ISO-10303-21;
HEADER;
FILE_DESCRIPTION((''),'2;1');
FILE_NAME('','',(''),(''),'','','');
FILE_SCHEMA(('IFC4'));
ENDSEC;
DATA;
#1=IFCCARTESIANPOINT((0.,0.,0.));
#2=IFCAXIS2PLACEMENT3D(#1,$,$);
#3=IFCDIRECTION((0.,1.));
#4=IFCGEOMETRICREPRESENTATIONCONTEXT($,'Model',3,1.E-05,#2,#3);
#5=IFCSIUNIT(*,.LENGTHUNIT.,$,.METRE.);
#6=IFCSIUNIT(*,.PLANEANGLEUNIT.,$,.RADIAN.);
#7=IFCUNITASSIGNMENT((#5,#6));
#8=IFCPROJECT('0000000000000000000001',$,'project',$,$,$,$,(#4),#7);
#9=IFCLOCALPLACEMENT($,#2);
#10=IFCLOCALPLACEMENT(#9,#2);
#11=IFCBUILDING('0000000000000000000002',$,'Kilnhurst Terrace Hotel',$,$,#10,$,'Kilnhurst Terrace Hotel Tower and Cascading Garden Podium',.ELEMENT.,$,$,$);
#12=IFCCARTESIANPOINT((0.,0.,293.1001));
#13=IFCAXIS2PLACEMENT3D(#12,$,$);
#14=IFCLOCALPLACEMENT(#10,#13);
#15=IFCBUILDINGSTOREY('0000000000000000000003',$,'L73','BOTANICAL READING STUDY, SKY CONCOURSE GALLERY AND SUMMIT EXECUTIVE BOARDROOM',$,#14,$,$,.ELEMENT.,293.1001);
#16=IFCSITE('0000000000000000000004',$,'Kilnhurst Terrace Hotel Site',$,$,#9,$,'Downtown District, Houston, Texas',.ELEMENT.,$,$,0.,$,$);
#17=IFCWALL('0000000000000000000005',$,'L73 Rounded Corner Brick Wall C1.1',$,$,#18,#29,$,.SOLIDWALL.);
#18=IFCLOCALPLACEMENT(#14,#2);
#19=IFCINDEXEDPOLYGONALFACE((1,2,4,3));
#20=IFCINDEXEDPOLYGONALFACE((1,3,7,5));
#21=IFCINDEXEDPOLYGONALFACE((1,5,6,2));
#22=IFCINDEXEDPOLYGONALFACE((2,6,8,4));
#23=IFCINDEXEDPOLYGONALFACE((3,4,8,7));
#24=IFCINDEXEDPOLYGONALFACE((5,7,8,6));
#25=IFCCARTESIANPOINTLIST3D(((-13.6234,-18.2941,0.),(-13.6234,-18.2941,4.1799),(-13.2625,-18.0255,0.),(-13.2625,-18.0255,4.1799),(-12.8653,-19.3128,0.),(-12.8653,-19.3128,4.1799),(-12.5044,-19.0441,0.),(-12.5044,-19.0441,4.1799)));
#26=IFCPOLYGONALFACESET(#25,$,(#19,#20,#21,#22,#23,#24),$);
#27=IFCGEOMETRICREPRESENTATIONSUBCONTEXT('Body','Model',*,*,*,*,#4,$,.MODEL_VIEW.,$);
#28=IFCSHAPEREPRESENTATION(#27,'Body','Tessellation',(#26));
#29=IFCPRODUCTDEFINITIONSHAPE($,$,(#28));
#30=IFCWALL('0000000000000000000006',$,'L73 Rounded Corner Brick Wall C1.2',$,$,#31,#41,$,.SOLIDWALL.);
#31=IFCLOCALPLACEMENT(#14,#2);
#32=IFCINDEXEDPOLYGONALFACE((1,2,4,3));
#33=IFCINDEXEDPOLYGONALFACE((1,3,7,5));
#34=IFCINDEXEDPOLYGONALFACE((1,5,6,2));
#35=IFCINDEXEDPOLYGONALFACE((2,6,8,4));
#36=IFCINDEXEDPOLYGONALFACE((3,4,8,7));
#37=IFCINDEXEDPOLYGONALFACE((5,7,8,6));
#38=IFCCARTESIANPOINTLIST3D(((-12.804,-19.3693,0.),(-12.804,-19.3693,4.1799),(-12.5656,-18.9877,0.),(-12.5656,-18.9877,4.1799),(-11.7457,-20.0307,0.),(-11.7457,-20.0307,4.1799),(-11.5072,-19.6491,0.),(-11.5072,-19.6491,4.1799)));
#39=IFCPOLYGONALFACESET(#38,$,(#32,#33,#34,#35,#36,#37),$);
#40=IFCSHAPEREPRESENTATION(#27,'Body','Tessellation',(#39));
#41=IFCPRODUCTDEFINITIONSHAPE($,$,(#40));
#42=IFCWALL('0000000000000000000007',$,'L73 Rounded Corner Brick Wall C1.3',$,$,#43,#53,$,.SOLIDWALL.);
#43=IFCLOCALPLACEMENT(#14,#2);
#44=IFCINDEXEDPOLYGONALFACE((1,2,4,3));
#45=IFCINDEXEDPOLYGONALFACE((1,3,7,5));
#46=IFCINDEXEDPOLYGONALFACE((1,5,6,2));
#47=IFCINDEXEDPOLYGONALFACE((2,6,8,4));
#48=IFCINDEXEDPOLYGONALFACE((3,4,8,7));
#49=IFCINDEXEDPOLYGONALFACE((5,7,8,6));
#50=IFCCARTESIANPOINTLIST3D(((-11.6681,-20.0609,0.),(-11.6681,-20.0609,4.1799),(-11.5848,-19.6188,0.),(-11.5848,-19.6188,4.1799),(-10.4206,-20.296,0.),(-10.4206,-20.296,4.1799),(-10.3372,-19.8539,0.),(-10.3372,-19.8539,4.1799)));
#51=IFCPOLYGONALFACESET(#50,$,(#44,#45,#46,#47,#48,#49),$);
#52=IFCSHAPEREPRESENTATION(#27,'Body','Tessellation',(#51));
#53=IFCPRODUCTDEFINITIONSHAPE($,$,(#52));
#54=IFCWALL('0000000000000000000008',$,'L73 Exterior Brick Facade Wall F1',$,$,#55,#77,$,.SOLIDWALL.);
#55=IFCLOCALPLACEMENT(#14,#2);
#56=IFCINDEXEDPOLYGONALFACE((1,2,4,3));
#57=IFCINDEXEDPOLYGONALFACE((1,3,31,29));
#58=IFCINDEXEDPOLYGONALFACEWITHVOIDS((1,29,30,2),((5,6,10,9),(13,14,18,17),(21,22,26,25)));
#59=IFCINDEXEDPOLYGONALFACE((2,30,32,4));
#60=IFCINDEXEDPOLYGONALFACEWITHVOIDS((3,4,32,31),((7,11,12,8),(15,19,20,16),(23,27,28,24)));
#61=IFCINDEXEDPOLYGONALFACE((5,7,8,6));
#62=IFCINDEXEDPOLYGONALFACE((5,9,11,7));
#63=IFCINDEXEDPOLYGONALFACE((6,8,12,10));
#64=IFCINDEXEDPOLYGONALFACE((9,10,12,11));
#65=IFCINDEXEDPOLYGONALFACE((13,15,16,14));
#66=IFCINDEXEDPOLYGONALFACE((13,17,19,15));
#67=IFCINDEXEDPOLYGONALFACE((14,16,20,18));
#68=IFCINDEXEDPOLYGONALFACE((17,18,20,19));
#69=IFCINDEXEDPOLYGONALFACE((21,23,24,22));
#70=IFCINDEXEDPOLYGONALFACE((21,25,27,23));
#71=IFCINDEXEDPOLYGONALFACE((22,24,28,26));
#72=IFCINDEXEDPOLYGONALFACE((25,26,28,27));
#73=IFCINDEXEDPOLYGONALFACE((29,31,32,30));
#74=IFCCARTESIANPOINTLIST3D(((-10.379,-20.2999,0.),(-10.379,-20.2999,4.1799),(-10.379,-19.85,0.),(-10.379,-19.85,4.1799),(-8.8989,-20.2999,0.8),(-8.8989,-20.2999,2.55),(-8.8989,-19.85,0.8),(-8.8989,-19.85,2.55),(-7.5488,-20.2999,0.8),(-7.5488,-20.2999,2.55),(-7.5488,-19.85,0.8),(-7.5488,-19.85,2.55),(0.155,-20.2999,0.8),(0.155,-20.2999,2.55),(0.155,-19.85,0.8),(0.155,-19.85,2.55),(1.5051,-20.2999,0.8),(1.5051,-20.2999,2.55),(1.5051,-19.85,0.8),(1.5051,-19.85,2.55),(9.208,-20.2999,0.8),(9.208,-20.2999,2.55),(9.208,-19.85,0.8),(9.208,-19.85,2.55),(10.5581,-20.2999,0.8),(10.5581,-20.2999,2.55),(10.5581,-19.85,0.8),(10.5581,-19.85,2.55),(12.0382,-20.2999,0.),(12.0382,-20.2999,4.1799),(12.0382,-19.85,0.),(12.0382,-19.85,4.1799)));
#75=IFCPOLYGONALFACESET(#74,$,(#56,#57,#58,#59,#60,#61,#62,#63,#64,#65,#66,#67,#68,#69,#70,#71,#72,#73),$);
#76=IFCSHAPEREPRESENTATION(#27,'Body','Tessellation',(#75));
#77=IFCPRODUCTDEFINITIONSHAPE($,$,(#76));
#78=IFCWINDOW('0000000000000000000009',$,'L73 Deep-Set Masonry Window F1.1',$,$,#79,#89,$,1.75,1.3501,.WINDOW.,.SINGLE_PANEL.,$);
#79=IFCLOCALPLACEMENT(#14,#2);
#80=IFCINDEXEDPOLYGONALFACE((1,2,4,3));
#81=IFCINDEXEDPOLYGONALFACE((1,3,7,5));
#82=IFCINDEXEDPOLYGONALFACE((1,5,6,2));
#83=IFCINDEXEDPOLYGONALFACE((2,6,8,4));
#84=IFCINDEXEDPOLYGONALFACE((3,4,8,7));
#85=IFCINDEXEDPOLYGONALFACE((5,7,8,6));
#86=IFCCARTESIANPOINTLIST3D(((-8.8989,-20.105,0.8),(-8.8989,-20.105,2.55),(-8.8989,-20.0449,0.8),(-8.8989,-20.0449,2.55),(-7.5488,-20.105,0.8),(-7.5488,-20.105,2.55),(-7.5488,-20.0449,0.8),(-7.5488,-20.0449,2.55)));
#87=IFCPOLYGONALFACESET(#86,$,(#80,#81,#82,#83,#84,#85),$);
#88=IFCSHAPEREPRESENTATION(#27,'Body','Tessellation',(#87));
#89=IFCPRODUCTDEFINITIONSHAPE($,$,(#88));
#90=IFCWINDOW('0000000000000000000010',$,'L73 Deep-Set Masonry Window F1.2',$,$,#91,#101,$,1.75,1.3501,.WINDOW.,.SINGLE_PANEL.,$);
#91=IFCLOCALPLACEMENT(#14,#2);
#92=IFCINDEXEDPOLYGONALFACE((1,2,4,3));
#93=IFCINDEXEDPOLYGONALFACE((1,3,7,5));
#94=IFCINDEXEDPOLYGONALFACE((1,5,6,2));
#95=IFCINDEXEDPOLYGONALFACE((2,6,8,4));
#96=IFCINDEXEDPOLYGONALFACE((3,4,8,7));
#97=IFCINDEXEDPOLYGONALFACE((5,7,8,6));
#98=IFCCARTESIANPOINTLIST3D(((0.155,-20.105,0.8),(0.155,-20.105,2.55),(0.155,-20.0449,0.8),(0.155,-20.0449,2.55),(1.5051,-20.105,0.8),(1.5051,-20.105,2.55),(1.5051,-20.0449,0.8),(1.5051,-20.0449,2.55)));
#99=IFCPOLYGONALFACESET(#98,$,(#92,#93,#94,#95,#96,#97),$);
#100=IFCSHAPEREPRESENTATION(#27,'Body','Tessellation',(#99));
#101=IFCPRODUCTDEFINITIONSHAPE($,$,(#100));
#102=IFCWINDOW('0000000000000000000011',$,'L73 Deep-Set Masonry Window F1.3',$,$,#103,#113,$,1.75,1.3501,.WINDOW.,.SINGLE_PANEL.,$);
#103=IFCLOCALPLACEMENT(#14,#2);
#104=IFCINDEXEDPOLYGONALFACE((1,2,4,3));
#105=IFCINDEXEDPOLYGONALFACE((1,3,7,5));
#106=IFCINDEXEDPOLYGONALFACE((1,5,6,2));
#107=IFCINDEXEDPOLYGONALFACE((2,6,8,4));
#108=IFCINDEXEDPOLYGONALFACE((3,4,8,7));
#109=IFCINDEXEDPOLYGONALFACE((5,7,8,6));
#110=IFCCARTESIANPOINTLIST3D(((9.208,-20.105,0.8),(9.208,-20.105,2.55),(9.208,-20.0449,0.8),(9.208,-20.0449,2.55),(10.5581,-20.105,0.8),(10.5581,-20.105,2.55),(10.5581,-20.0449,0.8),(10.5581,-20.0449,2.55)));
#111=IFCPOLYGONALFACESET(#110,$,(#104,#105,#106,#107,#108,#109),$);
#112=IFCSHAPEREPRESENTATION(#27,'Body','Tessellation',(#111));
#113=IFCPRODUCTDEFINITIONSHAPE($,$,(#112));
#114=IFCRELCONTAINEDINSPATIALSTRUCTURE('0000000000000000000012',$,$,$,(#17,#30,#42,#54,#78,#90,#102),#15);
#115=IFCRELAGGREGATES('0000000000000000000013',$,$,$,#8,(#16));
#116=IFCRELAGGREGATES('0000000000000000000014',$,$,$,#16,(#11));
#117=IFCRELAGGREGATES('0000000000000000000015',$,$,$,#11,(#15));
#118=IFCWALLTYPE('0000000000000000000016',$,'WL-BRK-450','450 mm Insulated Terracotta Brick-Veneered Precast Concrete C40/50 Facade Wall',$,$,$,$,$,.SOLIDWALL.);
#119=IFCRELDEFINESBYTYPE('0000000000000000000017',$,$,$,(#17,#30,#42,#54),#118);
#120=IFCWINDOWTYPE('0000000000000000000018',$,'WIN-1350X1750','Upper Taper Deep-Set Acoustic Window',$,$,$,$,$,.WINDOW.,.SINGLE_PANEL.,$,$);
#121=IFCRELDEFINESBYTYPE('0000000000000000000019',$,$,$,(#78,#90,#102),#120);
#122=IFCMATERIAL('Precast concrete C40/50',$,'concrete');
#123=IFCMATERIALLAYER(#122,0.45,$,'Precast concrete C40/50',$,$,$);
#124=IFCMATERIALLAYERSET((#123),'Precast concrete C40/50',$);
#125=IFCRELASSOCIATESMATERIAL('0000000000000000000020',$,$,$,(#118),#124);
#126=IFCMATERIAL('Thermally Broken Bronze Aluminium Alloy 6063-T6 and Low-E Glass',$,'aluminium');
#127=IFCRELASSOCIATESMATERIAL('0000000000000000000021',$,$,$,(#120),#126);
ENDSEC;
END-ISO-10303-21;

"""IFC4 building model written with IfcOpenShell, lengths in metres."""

from ifc_helpers import new_model, si_unit, direction, frame, frame_2d, origin, place, context, subcontext, project, spatial, rectangle, extrude, material, layer, layer_set, type_object, element, fill, save


model = new_model("IFC4")

# Units and contexts
model_context = context("Model", 3, precision=1e-05, world=origin(), true_north=direction((0.0, 1.0)))
body_context = subcontext(model_context, "Body", "Model", "MODEL_VIEW")
ifc_project = project(units=[si_unit("LENGTHUNIT", "METRE"), si_unit("PLANEANGLEUNIT", "RADIAN")], contexts=[model_context])

# Site, building, storey
site_placement = place(None, origin())
site = spatial("IfcSite", under=ifc_project, at=site_placement, Name="Kilnhurst Terrace Hotel Site", LongName="Downtown District, Houston, Texas", CompositionType="ELEMENT", RefElevation=0.0)
building_placement = place(site_placement, origin())
building = spatial("IfcBuilding", under=site, at=building_placement, Name="Kilnhurst Terrace Hotel", LongName="Kilnhurst Terrace Hotel Tower and Cascading Garden Podium", CompositionType="ELEMENT")
storey_placement = place(building_placement, frame((0.0, 0.0, 293.1001)))
storey = spatial("IfcBuildingStorey", under=building, at=storey_placement, Name="L73", Description="BOTANICAL READING STUDY, SKY CONCOURSE GALLERY AND SUMMIT EXECUTIVE BOARDROOM", CompositionType="ELEMENT", Elevation=293.1001)

# Walls
ifc_material_1 = material(Name="Precast concrete C40/50", Category="concrete")
ifc_layer_1 = layer(ifc_material_1, 0.45, Name="Precast concrete C40/50")
ifc_layer_set_1 = layer_set([ifc_layer_1], Name="Precast concrete C40/50")
wall_type_1 = type_object("IfcWallType", Name="WL-BRK-450", Description="450 mm Insulated Terracotta Brick-Veneered Precast Concrete C40/50 Facade Wall", PredefinedType="SOLIDWALL", material=ifc_layer_set_1)
wall_1_placement = place(storey_placement, frame((-13.4429, -18.1599, 0.0), z_axis=(0.0, 0.0, 1.0), x_axis=(0.597042, -0.80221, 0.0)))
element("IfcWall", 1, at=wall_1_placement, inside=storey, type_object=wall_type_1, Name="L73 Rounded Corner Brick Wall C1.1", PredefinedType="SOLIDWALL", context=body_context, shape_type="SweptSolid", body=[
    extrude(rectangle(XDim=1.2698, YDim=0.45, at=frame_2d((0.6348, 0.0))), origin(), (0.0, 0.0, 1.0), 4.1799),
])
wall_2_placement = place(storey_placement, frame((-12.6848, -19.1785, 0.0), z_axis=(0.0, 0.0, 1.0), x_axis=(0.848031, -0.529946, 0.0)))
element("IfcWall", 2, at=wall_2_placement, inside=storey, type_object=wall_type_1, Name="L73 Rounded Corner Brick Wall C1.2", PredefinedType="SOLIDWALL", context=body_context, shape_type="SweptSolid", body=[
    extrude(rectangle(XDim=1.248, YDim=0.45, at=frame_2d((0.624, 0.0))), origin(), (0.0, 0.0, 1.0), 4.1799),
])
wall_3_placement = place(storey_placement, frame((-11.6265, -19.8398, 0.0), z_axis=(0.0, 0.0, 1.0), x_axis=(0.982702, -0.185194, 0.0)))
element("IfcWall", 3, at=wall_3_placement, inside=storey, type_object=wall_type_1, Name="L73 Rounded Corner Brick Wall C1.3", PredefinedType="SOLIDWALL", context=body_context, shape_type="SweptSolid", body=[
    extrude(rectangle(XDim=1.2695, YDim=0.45, at=frame_2d((0.6348, 0.0))), origin(), (0.0, 0.0, 1.0), 4.1799),
])

# Wall, openings, windows
wall_4_placement = place(storey_placement, frame((-10.3789, -20.075, 0.0), z_axis=(0.0, 0.0, 1.0), x_axis=(1.0, 0.0, 0.0)))
wall_4 = element("IfcWall", 4, at=wall_4_placement, inside=storey, type_object=wall_type_1, Name="L73 Exterior Brick Facade Wall F1", PredefinedType="SOLIDWALL", context=body_context, shape_type="SweptSolid", body=[
    extrude(rectangle(XDim=22.4172, YDim=0.45, at=frame_2d((11.2085, 0.0))), origin(), (0.0, 0.0, 1.0), 4.1799),
])
opening_1_placement = place(wall_4_placement, frame((1.48, 0.0, 0.8)))
opening_1 = element("IfcOpeningElement", 5, at=opening_1_placement, cuts=wall_4, PredefinedType="OPENING", context=body_context, shape_type="SweptSolid", body=[
    extrude(rectangle(XDim=1.3501, YDim=1.75, at=frame_2d((0.675, 0.875))), frame((0.0, 0.2349, 0.0), z_axis=(0.0, -1.0, 0.0), x_axis=(1.0, 0.0, 0.0)), (0.0, 0.0, 1.0), 0.47),
])
opening_2_placement = place(wall_4_placement, frame((10.5339, 0.0, 0.8)))
opening_2 = element("IfcOpeningElement", 6, at=opening_2_placement, cuts=wall_4, PredefinedType="OPENING", context=body_context, shape_type="SweptSolid", body=[
    extrude(rectangle(XDim=1.3501, YDim=1.75, at=frame_2d((0.675, 0.875))), frame((0.0, 0.2349, 0.0), z_axis=(0.0, -1.0, 0.0), x_axis=(1.0, 0.0, 0.0)), (0.0, 0.0, 1.0), 0.47),
])
opening_3_placement = place(wall_4_placement, frame((19.5869, 0.0, 0.8)))
opening_3 = element("IfcOpeningElement", 7, at=opening_3_placement, cuts=wall_4, PredefinedType="OPENING", context=body_context, shape_type="SweptSolid", body=[
    extrude(rectangle(XDim=1.3501, YDim=1.75, at=frame_2d((0.675, 0.875))), frame((0.0, 0.2349, 0.0), z_axis=(0.0, -1.0, 0.0), x_axis=(1.0, 0.0, 0.0)), (0.0, 0.0, 1.0), 0.47),
])
ifc_material_2 = material(Name="Thermally Broken Bronze Aluminium Alloy 6063-T6 and Low-E Glass", Category="aluminium")
window_type = type_object("IfcWindowType", Name="WIN-1350X1750", Description="Upper Taper Deep-Set Acoustic Window", PartitioningType="SINGLE_PANEL", PredefinedType="WINDOW", material=ifc_material_2)
window_1_placement = place(opening_1_placement, origin())
window_1 = element("IfcWindow", 8, at=window_1_placement, inside=storey, type_object=window_type, Name="L73 Deep-Set Masonry Window F1.1", OverallHeight=1.75, OverallWidth=1.3501, PartitioningType="SINGLE_PANEL", PredefinedType="WINDOW", context=body_context, shape_type="SweptSolid", body=[
    extrude(rectangle(XDim=1.3501, YDim=1.75, at=frame_2d((0.675, 0.875))), frame((0.0, 0.03, 0.0), z_axis=(0.0, -1.0, 0.0), x_axis=(1.0, 0.0, 0.0)), (0.0, 0.0, 1.0), 0.0601),
])
fill(opening_1, window_1)
window_2_placement = place(opening_2_placement, origin())
window_2 = element("IfcWindow", 9, at=window_2_placement, inside=storey, type_object=window_type, Name="L73 Deep-Set Masonry Window F1.2", OverallHeight=1.75, OverallWidth=1.3501, PartitioningType="SINGLE_PANEL", PredefinedType="WINDOW", context=body_context, shape_type="SweptSolid", body=[
    extrude(rectangle(XDim=1.3501, YDim=1.75, at=frame_2d((0.675, 0.875))), frame((0.0, 0.03, 0.0), z_axis=(0.0, -1.0, 0.0), x_axis=(1.0, 0.0, 0.0)), (0.0, 0.0, 1.0), 0.0601),
])
fill(opening_2, window_2)
window_3_placement = place(opening_3_placement, origin())
window_3 = element("IfcWindow", 10, at=window_3_placement, inside=storey, type_object=window_type, Name="L73 Deep-Set Masonry Window F1.3", OverallHeight=1.75, OverallWidth=1.3501, PartitioningType="SINGLE_PANEL", PredefinedType="WINDOW", context=body_context, shape_type="SweptSolid", body=[
    extrude(rectangle(XDim=1.3501, YDim=1.75, at=frame_2d((0.675, 0.875))), frame((0.0, 0.03, 0.0), z_axis=(0.0, -1.0, 0.0), x_axis=(1.0, 0.0, 0.0)), (0.0, 0.0, 1.0), 0.0601),
])
fill(opening_3, window_3)

save(model, "model.ifc")
